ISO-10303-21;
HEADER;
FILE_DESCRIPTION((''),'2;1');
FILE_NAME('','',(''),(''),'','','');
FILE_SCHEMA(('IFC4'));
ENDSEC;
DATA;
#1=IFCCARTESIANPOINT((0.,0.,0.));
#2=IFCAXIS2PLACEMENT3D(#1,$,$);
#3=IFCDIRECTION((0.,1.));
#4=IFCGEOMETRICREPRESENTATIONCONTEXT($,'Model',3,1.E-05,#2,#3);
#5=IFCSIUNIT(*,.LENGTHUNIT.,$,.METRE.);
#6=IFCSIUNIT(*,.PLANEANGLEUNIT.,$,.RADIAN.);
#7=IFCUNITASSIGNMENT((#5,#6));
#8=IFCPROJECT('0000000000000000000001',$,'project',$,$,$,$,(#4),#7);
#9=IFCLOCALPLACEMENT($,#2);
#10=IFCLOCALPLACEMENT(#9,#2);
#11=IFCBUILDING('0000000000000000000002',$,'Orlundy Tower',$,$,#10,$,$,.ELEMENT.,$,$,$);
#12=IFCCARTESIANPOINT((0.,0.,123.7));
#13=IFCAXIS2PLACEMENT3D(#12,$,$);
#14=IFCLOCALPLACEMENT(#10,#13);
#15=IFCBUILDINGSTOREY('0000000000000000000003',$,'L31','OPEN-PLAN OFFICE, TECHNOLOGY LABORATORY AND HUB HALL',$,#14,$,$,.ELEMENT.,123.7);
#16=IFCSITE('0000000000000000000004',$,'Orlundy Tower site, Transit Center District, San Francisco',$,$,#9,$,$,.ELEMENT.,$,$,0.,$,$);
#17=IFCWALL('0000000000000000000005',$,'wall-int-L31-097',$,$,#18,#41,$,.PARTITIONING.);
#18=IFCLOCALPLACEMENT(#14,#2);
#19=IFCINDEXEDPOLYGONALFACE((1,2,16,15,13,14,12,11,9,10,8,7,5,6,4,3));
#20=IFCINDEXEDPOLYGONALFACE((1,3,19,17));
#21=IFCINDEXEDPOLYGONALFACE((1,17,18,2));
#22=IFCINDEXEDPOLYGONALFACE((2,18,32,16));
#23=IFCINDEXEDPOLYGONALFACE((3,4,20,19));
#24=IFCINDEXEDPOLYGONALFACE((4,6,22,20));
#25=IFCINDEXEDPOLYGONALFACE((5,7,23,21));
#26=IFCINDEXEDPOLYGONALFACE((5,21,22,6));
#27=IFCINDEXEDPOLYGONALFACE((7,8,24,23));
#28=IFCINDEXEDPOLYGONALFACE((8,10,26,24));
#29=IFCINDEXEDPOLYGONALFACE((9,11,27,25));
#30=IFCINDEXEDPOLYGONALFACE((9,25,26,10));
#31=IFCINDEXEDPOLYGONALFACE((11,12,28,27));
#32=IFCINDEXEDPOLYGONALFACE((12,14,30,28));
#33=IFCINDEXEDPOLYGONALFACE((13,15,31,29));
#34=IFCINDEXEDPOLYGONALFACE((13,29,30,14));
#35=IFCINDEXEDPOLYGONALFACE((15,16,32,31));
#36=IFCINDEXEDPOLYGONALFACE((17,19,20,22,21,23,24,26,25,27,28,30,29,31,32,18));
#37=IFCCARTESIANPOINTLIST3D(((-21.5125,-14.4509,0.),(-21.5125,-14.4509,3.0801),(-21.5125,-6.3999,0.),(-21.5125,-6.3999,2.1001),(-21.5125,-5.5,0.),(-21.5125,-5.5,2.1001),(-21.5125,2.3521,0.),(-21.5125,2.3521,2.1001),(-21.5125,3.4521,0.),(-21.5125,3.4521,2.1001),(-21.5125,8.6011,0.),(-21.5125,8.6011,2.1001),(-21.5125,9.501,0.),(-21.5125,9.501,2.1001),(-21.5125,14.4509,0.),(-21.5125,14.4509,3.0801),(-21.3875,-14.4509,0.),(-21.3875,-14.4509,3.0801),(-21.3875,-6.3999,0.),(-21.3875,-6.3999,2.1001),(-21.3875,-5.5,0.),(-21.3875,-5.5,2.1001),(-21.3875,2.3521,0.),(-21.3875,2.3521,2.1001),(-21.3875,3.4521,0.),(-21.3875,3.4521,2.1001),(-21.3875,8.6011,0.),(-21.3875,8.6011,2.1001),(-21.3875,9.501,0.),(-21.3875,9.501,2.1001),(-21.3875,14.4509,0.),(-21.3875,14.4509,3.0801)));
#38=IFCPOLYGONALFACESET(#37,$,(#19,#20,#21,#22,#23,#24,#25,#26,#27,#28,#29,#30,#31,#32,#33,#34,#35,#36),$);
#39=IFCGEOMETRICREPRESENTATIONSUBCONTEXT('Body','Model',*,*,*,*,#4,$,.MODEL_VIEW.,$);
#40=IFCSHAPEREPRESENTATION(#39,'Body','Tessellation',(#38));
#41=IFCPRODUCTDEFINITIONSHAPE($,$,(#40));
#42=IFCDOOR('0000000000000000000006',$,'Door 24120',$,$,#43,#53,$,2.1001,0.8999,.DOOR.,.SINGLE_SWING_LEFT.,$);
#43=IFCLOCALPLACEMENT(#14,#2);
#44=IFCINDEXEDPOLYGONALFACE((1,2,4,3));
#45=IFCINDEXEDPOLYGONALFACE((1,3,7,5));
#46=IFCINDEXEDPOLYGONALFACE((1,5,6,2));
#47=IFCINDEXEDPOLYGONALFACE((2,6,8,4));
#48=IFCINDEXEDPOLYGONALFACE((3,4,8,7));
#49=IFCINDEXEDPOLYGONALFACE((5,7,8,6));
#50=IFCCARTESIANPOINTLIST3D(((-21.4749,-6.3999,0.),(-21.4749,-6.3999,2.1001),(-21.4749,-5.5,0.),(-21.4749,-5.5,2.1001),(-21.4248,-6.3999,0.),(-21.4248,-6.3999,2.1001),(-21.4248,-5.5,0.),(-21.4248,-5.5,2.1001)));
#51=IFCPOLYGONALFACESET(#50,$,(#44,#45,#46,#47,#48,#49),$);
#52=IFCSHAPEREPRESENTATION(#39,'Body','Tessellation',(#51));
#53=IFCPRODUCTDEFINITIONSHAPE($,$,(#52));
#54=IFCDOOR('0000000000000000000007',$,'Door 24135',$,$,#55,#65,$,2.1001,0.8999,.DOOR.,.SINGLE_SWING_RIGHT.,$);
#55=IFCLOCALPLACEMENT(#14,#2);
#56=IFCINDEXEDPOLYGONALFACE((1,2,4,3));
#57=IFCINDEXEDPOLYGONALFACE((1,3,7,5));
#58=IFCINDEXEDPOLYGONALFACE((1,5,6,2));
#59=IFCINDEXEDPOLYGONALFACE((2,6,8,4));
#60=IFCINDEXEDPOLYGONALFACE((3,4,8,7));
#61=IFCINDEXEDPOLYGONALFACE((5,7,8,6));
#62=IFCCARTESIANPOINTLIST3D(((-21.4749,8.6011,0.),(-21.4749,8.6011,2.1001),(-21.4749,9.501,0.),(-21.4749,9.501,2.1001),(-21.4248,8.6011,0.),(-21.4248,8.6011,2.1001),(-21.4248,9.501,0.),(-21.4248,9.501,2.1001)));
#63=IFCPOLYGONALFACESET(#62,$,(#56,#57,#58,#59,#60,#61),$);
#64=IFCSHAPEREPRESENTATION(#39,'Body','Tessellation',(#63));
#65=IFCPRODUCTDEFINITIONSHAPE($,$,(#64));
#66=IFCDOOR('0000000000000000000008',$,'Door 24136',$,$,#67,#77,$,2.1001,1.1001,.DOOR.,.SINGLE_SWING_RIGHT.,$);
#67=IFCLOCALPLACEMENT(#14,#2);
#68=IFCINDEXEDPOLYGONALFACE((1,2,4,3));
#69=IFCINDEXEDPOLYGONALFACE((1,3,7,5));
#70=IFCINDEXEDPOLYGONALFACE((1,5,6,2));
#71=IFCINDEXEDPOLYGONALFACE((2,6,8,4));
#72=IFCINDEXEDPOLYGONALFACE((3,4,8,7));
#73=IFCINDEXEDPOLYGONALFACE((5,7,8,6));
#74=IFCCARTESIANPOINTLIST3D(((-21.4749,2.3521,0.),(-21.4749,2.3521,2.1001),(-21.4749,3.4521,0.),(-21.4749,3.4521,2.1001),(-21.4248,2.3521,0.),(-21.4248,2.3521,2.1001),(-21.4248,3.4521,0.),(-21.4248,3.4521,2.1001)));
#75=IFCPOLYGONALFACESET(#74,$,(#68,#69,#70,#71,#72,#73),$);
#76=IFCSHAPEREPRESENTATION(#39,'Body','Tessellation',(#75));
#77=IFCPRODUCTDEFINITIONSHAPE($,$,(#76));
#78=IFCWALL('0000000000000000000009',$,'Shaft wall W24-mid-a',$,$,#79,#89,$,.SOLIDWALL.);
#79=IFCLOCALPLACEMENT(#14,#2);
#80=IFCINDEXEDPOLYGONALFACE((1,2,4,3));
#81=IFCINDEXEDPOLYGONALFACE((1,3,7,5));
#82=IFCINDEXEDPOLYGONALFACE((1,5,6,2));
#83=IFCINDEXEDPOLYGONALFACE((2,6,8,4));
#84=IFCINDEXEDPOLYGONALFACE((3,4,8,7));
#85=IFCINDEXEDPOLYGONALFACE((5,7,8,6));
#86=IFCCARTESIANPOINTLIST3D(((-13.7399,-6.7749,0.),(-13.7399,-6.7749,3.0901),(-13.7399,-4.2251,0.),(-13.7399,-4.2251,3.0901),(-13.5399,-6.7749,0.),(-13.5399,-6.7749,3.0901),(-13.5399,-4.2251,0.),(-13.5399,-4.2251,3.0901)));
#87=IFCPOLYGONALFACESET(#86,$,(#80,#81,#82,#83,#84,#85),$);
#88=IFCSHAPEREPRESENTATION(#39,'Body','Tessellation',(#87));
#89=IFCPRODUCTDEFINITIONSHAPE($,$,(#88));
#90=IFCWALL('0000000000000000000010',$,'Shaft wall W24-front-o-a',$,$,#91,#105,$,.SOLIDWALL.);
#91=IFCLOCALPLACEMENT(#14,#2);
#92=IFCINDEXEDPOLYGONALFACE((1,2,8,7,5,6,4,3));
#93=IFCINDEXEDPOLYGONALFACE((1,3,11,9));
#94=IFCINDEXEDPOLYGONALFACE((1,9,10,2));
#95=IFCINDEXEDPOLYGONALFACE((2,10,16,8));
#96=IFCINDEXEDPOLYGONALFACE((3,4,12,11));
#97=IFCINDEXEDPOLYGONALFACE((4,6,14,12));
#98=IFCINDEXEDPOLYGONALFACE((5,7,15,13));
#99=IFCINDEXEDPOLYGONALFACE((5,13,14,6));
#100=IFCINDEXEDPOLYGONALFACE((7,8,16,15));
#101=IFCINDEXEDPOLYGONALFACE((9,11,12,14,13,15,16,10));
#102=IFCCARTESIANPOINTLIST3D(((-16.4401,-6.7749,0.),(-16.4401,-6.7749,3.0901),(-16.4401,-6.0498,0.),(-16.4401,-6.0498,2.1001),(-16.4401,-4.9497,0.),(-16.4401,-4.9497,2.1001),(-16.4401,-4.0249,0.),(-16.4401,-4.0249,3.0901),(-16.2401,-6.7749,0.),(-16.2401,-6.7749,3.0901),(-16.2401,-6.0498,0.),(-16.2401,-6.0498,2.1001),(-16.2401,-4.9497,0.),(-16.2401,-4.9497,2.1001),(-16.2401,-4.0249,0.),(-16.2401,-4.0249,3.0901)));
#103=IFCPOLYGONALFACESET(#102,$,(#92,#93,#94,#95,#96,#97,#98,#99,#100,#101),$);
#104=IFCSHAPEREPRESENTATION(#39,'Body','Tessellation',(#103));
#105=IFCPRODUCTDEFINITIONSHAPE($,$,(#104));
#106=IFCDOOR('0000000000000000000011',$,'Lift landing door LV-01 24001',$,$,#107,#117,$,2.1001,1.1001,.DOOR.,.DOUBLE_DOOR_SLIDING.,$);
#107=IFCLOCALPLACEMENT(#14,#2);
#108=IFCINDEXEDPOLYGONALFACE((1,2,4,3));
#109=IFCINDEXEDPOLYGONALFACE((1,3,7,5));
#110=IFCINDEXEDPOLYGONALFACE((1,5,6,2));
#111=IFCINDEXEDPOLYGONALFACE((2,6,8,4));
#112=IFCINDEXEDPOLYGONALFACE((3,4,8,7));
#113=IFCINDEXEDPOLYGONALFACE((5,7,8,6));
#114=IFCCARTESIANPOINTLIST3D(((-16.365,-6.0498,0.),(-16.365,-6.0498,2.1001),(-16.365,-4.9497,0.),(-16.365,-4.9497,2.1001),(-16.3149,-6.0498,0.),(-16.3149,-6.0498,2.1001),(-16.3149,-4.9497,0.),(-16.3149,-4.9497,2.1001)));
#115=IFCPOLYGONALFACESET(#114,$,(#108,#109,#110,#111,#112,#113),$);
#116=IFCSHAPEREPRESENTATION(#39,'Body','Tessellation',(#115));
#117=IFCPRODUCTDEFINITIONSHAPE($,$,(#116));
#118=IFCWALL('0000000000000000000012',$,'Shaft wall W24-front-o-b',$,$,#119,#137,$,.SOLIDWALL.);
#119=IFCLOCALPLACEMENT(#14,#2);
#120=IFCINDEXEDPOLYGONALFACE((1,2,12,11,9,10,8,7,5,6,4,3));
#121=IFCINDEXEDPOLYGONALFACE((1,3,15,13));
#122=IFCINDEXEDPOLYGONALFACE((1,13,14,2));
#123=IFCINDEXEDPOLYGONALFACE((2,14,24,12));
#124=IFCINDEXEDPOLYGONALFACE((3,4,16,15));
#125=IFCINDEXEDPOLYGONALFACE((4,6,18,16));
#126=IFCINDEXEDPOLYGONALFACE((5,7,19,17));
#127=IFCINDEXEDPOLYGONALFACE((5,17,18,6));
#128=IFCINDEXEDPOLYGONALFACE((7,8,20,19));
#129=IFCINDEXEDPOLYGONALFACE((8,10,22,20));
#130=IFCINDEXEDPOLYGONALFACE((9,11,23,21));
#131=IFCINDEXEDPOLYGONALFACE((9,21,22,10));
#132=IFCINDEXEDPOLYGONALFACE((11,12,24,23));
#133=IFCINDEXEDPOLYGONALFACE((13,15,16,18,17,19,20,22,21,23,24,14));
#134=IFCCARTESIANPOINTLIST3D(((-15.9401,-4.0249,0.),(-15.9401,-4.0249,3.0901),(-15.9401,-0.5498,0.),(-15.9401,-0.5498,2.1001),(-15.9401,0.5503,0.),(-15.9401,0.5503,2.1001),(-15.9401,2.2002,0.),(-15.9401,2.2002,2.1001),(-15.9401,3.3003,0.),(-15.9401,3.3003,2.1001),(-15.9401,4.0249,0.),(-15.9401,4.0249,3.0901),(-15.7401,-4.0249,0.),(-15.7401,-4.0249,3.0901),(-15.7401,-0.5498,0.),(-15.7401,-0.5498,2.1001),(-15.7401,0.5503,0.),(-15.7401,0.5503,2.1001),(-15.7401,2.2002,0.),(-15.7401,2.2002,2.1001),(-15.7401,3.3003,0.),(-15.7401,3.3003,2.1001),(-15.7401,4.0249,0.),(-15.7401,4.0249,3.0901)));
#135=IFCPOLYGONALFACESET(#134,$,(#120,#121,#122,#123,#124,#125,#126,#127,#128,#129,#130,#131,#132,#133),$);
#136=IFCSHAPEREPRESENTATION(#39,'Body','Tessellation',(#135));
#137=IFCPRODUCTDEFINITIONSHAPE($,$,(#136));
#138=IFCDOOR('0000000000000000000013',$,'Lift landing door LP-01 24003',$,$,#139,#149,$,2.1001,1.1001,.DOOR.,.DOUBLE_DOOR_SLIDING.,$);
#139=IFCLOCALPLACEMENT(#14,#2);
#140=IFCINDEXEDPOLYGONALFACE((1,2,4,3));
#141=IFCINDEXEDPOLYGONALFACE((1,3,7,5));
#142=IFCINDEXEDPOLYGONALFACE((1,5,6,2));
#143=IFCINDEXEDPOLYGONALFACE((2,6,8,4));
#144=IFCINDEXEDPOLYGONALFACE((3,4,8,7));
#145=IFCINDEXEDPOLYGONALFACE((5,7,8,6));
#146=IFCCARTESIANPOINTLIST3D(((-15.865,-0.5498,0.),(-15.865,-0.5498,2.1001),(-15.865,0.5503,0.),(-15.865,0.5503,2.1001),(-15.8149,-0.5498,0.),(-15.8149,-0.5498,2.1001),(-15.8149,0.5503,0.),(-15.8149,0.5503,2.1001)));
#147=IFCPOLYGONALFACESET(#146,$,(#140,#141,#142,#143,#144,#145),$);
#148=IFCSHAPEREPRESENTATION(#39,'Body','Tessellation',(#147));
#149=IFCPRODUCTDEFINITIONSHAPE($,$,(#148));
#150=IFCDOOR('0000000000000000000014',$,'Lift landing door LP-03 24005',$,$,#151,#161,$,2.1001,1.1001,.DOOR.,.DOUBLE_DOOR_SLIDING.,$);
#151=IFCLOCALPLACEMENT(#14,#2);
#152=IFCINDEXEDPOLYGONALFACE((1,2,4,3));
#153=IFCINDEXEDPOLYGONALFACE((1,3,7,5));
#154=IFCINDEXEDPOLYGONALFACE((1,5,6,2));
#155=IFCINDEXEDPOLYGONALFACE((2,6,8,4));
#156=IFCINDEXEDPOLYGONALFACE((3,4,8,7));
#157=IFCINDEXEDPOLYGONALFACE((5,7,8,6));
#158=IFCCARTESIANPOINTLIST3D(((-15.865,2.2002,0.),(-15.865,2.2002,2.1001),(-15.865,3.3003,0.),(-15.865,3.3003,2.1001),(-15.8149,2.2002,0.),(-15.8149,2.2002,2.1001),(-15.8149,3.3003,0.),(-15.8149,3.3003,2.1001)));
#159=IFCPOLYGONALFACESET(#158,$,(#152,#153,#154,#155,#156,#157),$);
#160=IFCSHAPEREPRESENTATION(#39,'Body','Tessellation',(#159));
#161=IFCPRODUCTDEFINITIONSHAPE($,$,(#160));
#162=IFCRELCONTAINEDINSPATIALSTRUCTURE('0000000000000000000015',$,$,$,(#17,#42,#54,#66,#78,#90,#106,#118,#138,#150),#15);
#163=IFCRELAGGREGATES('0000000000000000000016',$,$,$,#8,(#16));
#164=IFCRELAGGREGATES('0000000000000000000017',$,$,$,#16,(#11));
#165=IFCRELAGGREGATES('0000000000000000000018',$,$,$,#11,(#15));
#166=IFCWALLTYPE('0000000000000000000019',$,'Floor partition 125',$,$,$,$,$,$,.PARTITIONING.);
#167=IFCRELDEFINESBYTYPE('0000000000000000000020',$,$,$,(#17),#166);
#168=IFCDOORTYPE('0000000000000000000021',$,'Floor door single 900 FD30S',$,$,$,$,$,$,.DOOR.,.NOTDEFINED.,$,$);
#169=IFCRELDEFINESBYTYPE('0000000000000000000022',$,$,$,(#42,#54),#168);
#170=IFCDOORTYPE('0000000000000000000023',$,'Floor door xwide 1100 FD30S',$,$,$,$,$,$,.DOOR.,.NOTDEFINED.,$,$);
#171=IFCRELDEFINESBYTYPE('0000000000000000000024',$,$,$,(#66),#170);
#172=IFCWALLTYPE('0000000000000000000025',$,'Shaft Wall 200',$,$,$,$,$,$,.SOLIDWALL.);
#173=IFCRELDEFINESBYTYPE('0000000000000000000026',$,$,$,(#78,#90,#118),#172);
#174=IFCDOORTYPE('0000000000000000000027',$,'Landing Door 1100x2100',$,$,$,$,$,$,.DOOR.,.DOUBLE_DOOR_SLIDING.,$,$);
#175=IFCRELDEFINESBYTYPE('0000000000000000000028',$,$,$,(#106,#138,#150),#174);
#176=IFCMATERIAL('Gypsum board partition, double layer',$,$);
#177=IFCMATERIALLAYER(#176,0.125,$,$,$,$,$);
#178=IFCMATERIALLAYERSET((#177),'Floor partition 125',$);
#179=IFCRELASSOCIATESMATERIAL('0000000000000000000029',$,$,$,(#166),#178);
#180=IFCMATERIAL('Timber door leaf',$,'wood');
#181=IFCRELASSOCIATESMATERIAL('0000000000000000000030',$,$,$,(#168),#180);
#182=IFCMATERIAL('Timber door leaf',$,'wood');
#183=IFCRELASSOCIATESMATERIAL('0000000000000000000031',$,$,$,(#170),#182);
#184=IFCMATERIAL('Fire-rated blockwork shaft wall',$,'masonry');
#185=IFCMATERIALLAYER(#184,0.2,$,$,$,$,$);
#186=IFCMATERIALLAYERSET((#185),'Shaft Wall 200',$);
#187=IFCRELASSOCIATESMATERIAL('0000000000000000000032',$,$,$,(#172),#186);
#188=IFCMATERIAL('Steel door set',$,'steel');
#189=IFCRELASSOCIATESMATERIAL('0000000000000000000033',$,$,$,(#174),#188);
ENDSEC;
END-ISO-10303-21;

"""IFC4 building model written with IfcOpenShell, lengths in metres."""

from ifc_helpers import new_model, si_unit, direction, frame, frame_2d, origin, place, context, subcontext, project, spatial, rectangle, extrude, material, layer, layer_set, type_object, element, fill, save


model = new_model("IFC4")

# Units and contexts
model_context = context("Model", 3, precision=1e-05, world=origin(), true_north=direction((0.0, 1.0)))
body_context = subcontext(model_context, "Body", "Model", "MODEL_VIEW")
ifc_project = project(units=[si_unit("LENGTHUNIT", "METRE"), si_unit("PLANEANGLEUNIT", "RADIAN")], contexts=[model_context])

# Site, building, storey
site_placement = place(None, origin())
site = spatial("IfcSite", under=ifc_project, at=site_placement, Name="Orlundy Tower site, Transit Center District, San Francisco", CompositionType="ELEMENT", RefElevation=0.0)
building_placement = place(site_placement, origin())
building = spatial("IfcBuilding", under=site, at=building_placement, Name="Orlundy Tower", CompositionType="ELEMENT")
storey_placement = place(building_placement, frame((0.0, 0.0, 123.7)))
storey = spatial("IfcBuildingStorey", under=building, at=storey_placement, Name="L31", Description="OPEN-PLAN OFFICE, TECHNOLOGY LABORATORY AND HUB HALL", CompositionType="ELEMENT", Elevation=123.7)

# Shared definitions
ifc_material_1 = material(Name="Gypsum board partition, double layer")
ifc_layer_1 = layer(ifc_material_1, 0.125)
ifc_layer_set_1 = layer_set([ifc_layer_1], Name="Floor partition 125")
wall_type_1 = type_object("IfcWallType", Name="Floor partition 125", PredefinedType="PARTITIONING", material=ifc_layer_set_1)

# Wall, openings, doors
wall_1_placement = place(storey_placement, frame((-21.45, -14.4509, 0.0), z_axis=(0.0, 0.0, 1.0), x_axis=(0.0, 1.0, 0.0)))
wall_1 = element("IfcWall", 1, at=wall_1_placement, inside=storey, type_object=wall_type_1, Name="wall-int-L31-097", PredefinedType="PARTITIONING", context=body_context, shape_type="SweptSolid", body=[
    extrude(rectangle(XDim=28.9019, YDim=0.125, at=frame_2d((14.4509, 0.0))), origin(), (0.0, 0.0, 1.0), 3.0801),
])
opening_1_placement = place(wall_1_placement, frame((8.051, 0.0, 0.0)))
opening_1 = element("IfcOpeningElement", 2, at=opening_1_placement, cuts=wall_1, PredefinedType="OPENING", context=body_context, shape_type="SweptSolid", body=[
    extrude(rectangle(XDim=0.8999, YDim=2.1001, at=frame_2d((0.45, 1.05))), frame((0.0, 0.0725, 0.0), z_axis=(0.0, -1.0, 0.0), x_axis=(1.0, 0.0, 0.0)), (0.0, 0.0, 1.0), 0.145),
])
opening_2_placement = place(wall_1_placement, frame((23.052, 0.0, 0.0)))
opening_2 = element("IfcOpeningElement", 3, at=opening_2_placement, cuts=wall_1, PredefinedType="OPENING", context=body_context, shape_type="SweptSolid", body=[
    extrude(rectangle(XDim=0.8999, YDim=2.1001, at=frame_2d((0.45, 1.05))), frame((0.0, 0.0725, 0.0), z_axis=(0.0, -1.0, 0.0), x_axis=(1.0, 0.0, 0.0)), (0.0, 0.0, 1.0), 0.145),
])
opening_3_placement = place(wall_1_placement, frame((16.803, 0.0, 0.0)))
opening_3 = element("IfcOpeningElement", 4, at=opening_3_placement, cuts=wall_1, PredefinedType="OPENING", context=body_context, shape_type="SweptSolid", body=[
    extrude(rectangle(XDim=1.1001, YDim=2.1001, at=frame_2d((0.55, 1.05))), frame((0.0, 0.0725, 0.0), z_axis=(0.0, -1.0, 0.0), x_axis=(1.0, 0.0, 0.0)), (0.0, 0.0, 1.0), 0.145),
])
ifc_material_2 = material(Name="Timber door leaf", Category="wood")
door_type_1 = type_object("IfcDoorType", Name="Floor door single 900 FD30S", OperationType="NOTDEFINED", PredefinedType="DOOR", material=ifc_material_2)
door_1_placement = place(opening_1_placement, origin())
door_1 = element("IfcDoor", 5, at=door_1_placement, inside=storey, type_object=door_type_1, Name="Door 24120", OperationType="SINGLE_SWING_LEFT", OverallHeight=2.1001, OverallWidth=0.8999, PredefinedType="DOOR", context=body_context, shape_type="SweptSolid", body=[
    extrude(rectangle(XDim=0.8999, YDim=2.1001, at=frame_2d((0.45, 1.05))), frame((0.0, 0.0249, 0.0), z_axis=(0.0, -1.0, 0.0), x_axis=(1.0, 0.0, 0.0)), (0.0, 0.0, 1.0), 0.05),
])
fill(opening_1, door_1)
door_2_placement = place(opening_2_placement, origin())
door_2 = element("IfcDoor", 6, at=door_2_placement, inside=storey, type_object=door_type_1, Name="Door 24135", OperationType="SINGLE_SWING_RIGHT", OverallHeight=2.1001, OverallWidth=0.8999, PredefinedType="DOOR", context=body_context, shape_type="SweptSolid", body=[
    extrude(rectangle(XDim=0.8999, YDim=2.1001, at=frame_2d((0.45, 1.05))), frame((0.0, 0.0249, 0.0), z_axis=(0.0, -1.0, 0.0), x_axis=(1.0, 0.0, 0.0)), (0.0, 0.0, 1.0), 0.05),
])
fill(opening_2, door_2)
ifc_material_3 = material(Name="Timber door leaf", Category="wood")
door_type_2 = type_object("IfcDoorType", Name="Floor door xwide 1100 FD30S", OperationType="NOTDEFINED", PredefinedType="DOOR", material=ifc_material_3)
door_3_placement = place(opening_3_placement, origin())
door_3 = element("IfcDoor", 7, at=door_3_placement, inside=storey, type_object=door_type_2, Name="Door 24136", OperationType="SINGLE_SWING_RIGHT", OverallHeight=2.1001, OverallWidth=1.1001, PredefinedType="DOOR", context=body_context, shape_type="SweptSolid", body=[
    extrude(rectangle(XDim=1.1001, YDim=2.1001, at=frame_2d((0.55, 1.05))), frame((0.0, 0.0249, 0.0), z_axis=(0.0, -1.0, 0.0), x_axis=(1.0, 0.0, 0.0)), (0.0, 0.0, 1.0), 0.05),
])
fill(opening_3, door_3)

# Wall
ifc_material_4 = material(Name="Fire-rated blockwork shaft wall", Category="masonry")
ifc_layer_2 = layer(ifc_material_4, 0.2)
ifc_layer_set_2 = layer_set([ifc_layer_2], Name="Shaft Wall 200")
wall_type_2 = type_object("IfcWallType", Name="Shaft Wall 200", PredefinedType="SOLIDWALL", material=ifc_layer_set_2)
wall_2_placement = place(storey_placement, frame((-13.6399, -6.7749, 0.0), z_axis=(0.0, 0.0, 1.0), x_axis=(0.0, 1.0, 0.0)))
element("IfcWall", 8, at=wall_2_placement, inside=storey, type_object=wall_type_2, Name="Shaft wall W24-mid-a", PredefinedType="SOLIDWALL", context=body_context, shape_type="SweptSolid", body=[
    extrude(rectangle(XDim=2.5498, YDim=0.2, at=frame_2d((1.2749, 0.0))), origin(), (0.0, 0.0, 1.0), 3.0901),
])

# Wall, opening, door
wall_3_placement = place(storey_placement, frame((-16.3401, -6.7749, 0.0), z_axis=(0.0, 0.0, 1.0), x_axis=(0.0, 1.0, 0.0)))
wall_3 = element("IfcWall", 9, at=wall_3_placement, inside=storey, type_object=wall_type_2, Name="Shaft wall W24-front-o-a", PredefinedType="SOLIDWALL", context=body_context, shape_type="SweptSolid", body=[
    extrude(rectangle(XDim=2.75, YDim=0.2, at=frame_2d((1.375, 0.0))), origin(), (0.0, 0.0, 1.0), 3.0901),
])
opening_4_placement = place(wall_3_placement, frame((0.7251, 0.0, 0.0)))
opening_4 = element("IfcOpeningElement", 10, at=opening_4_placement, cuts=wall_3, PredefinedType="OPENING", context=body_context, shape_type="SweptSolid", body=[
    extrude(rectangle(XDim=1.1001, YDim=2.1001, at=frame_2d((0.55, 1.05))), frame((0.0, 0.1101, 0.0), z_axis=(0.0, -1.0, 0.0), x_axis=(1.0, 0.0, 0.0)), (0.0, 0.0, 1.0), 0.2202),
])
ifc_material_5 = material(Name="Steel door set", Category="steel")
door_type_3 = type_object("IfcDoorType", Name="Landing Door 1100x2100", OperationType="DOUBLE_DOOR_SLIDING", PredefinedType="DOOR", material=ifc_material_5)
door_4_placement = place(opening_4_placement, origin())
door_4 = element("IfcDoor", 11, at=door_4_placement, inside=storey, type_object=door_type_3, Name="Lift landing door LV-01 24001", OperationType="DOUBLE_DOOR_SLIDING", OverallHeight=2.1001, OverallWidth=1.1001, PredefinedType="DOOR", context=body_context, shape_type="SweptSolid", body=[
    extrude(rectangle(XDim=1.1001, YDim=2.1001, at=frame_2d((0.55, 1.05))), frame((0.0, 0.0249, 0.0), z_axis=(0.0, -1.0, 0.0), x_axis=(1.0, 0.0, 0.0)), (0.0, 0.0, 1.0), 0.05),
])
fill(opening_4, door_4)

# Wall, openings, doors
wall_4_placement = place(storey_placement, frame((-15.8401, -4.0249, 0.0), z_axis=(0.0, 0.0, 1.0), x_axis=(0.0, 1.0, 0.0)))
wall_4 = element("IfcWall", 12, at=wall_4_placement, inside=storey, type_object=wall_type_2, Name="Shaft wall W24-front-o-b", PredefinedType="SOLIDWALL", context=body_context, shape_type="SweptSolid", body=[
    extrude(rectangle(XDim=8.0498, YDim=0.2, at=frame_2d((4.0249, 0.0))), origin(), (0.0, 0.0, 1.0), 3.0901),
])
opening_5_placement = place(wall_4_placement, frame((3.4751, 0.0, 0.0)))
opening_5 = element("IfcOpeningElement", 13, at=opening_5_placement, cuts=wall_4, PredefinedType="OPENING", context=body_context, shape_type="SweptSolid", body=[
    extrude(rectangle(XDim=1.1001, YDim=2.1001, at=frame_2d((0.55, 1.05))), frame((0.0, 0.1101, 0.0), z_axis=(0.0, -1.0, 0.0), x_axis=(1.0, 0.0, 0.0)), (0.0, 0.0, 1.0), 0.2202),
])
opening_6_placement = place(wall_4_placement, frame((6.2251, 0.0, 0.0)))
opening_6 = element("IfcOpeningElement", 14, at=opening_6_placement, cuts=wall_4, PredefinedType="OPENING", context=body_context, shape_type="SweptSolid", body=[
    extrude(rectangle(XDim=1.1001, YDim=2.1001, at=frame_2d((0.55, 1.05))), frame((0.0, 0.1101, 0.0), z_axis=(0.0, -1.0, 0.0), x_axis=(1.0, 0.0, 0.0)), (0.0, 0.0, 1.0), 0.2202),
])
door_5_placement = place(opening_5_placement, origin())
door_5 = element("IfcDoor", 15, at=door_5_placement, inside=storey, type_object=door_type_3, Name="Lift landing door LP-01 24003", OperationType="DOUBLE_DOOR_SLIDING", OverallHeight=2.1001, OverallWidth=1.1001, PredefinedType="DOOR", context=body_context, shape_type="SweptSolid", body=[
    extrude(rectangle(XDim=1.1001, YDim=2.1001, at=frame_2d((0.55, 1.05))), frame((0.0, 0.0249, 0.0), z_axis=(0.0, -1.0, 0.0), x_axis=(1.0, 0.0, 0.0)), (0.0, 0.0, 1.0), 0.05),
])
fill(opening_5, door_5)
door_6_placement = place(opening_6_placement, origin())
door_6 = element("IfcDoor", 16, at=door_6_placement, inside=storey, type_object=door_type_3, Name="Lift landing door LP-03 24005", OperationType="DOUBLE_DOOR_SLIDING", OverallHeight=2.1001, OverallWidth=1.1001, PredefinedType="DOOR", context=body_context, shape_type="SweptSolid", body=[
    extrude(rectangle(XDim=1.1001, YDim=2.1001, at=frame_2d((0.55, 1.05))), frame((0.0, 0.0249, 0.0), z_axis=(0.0, -1.0, 0.0), x_axis=(1.0, 0.0, 0.0)), (0.0, 0.0, 1.0), 0.05),
])
fill(opening_6, door_6)

save(model, "model.ifc")
